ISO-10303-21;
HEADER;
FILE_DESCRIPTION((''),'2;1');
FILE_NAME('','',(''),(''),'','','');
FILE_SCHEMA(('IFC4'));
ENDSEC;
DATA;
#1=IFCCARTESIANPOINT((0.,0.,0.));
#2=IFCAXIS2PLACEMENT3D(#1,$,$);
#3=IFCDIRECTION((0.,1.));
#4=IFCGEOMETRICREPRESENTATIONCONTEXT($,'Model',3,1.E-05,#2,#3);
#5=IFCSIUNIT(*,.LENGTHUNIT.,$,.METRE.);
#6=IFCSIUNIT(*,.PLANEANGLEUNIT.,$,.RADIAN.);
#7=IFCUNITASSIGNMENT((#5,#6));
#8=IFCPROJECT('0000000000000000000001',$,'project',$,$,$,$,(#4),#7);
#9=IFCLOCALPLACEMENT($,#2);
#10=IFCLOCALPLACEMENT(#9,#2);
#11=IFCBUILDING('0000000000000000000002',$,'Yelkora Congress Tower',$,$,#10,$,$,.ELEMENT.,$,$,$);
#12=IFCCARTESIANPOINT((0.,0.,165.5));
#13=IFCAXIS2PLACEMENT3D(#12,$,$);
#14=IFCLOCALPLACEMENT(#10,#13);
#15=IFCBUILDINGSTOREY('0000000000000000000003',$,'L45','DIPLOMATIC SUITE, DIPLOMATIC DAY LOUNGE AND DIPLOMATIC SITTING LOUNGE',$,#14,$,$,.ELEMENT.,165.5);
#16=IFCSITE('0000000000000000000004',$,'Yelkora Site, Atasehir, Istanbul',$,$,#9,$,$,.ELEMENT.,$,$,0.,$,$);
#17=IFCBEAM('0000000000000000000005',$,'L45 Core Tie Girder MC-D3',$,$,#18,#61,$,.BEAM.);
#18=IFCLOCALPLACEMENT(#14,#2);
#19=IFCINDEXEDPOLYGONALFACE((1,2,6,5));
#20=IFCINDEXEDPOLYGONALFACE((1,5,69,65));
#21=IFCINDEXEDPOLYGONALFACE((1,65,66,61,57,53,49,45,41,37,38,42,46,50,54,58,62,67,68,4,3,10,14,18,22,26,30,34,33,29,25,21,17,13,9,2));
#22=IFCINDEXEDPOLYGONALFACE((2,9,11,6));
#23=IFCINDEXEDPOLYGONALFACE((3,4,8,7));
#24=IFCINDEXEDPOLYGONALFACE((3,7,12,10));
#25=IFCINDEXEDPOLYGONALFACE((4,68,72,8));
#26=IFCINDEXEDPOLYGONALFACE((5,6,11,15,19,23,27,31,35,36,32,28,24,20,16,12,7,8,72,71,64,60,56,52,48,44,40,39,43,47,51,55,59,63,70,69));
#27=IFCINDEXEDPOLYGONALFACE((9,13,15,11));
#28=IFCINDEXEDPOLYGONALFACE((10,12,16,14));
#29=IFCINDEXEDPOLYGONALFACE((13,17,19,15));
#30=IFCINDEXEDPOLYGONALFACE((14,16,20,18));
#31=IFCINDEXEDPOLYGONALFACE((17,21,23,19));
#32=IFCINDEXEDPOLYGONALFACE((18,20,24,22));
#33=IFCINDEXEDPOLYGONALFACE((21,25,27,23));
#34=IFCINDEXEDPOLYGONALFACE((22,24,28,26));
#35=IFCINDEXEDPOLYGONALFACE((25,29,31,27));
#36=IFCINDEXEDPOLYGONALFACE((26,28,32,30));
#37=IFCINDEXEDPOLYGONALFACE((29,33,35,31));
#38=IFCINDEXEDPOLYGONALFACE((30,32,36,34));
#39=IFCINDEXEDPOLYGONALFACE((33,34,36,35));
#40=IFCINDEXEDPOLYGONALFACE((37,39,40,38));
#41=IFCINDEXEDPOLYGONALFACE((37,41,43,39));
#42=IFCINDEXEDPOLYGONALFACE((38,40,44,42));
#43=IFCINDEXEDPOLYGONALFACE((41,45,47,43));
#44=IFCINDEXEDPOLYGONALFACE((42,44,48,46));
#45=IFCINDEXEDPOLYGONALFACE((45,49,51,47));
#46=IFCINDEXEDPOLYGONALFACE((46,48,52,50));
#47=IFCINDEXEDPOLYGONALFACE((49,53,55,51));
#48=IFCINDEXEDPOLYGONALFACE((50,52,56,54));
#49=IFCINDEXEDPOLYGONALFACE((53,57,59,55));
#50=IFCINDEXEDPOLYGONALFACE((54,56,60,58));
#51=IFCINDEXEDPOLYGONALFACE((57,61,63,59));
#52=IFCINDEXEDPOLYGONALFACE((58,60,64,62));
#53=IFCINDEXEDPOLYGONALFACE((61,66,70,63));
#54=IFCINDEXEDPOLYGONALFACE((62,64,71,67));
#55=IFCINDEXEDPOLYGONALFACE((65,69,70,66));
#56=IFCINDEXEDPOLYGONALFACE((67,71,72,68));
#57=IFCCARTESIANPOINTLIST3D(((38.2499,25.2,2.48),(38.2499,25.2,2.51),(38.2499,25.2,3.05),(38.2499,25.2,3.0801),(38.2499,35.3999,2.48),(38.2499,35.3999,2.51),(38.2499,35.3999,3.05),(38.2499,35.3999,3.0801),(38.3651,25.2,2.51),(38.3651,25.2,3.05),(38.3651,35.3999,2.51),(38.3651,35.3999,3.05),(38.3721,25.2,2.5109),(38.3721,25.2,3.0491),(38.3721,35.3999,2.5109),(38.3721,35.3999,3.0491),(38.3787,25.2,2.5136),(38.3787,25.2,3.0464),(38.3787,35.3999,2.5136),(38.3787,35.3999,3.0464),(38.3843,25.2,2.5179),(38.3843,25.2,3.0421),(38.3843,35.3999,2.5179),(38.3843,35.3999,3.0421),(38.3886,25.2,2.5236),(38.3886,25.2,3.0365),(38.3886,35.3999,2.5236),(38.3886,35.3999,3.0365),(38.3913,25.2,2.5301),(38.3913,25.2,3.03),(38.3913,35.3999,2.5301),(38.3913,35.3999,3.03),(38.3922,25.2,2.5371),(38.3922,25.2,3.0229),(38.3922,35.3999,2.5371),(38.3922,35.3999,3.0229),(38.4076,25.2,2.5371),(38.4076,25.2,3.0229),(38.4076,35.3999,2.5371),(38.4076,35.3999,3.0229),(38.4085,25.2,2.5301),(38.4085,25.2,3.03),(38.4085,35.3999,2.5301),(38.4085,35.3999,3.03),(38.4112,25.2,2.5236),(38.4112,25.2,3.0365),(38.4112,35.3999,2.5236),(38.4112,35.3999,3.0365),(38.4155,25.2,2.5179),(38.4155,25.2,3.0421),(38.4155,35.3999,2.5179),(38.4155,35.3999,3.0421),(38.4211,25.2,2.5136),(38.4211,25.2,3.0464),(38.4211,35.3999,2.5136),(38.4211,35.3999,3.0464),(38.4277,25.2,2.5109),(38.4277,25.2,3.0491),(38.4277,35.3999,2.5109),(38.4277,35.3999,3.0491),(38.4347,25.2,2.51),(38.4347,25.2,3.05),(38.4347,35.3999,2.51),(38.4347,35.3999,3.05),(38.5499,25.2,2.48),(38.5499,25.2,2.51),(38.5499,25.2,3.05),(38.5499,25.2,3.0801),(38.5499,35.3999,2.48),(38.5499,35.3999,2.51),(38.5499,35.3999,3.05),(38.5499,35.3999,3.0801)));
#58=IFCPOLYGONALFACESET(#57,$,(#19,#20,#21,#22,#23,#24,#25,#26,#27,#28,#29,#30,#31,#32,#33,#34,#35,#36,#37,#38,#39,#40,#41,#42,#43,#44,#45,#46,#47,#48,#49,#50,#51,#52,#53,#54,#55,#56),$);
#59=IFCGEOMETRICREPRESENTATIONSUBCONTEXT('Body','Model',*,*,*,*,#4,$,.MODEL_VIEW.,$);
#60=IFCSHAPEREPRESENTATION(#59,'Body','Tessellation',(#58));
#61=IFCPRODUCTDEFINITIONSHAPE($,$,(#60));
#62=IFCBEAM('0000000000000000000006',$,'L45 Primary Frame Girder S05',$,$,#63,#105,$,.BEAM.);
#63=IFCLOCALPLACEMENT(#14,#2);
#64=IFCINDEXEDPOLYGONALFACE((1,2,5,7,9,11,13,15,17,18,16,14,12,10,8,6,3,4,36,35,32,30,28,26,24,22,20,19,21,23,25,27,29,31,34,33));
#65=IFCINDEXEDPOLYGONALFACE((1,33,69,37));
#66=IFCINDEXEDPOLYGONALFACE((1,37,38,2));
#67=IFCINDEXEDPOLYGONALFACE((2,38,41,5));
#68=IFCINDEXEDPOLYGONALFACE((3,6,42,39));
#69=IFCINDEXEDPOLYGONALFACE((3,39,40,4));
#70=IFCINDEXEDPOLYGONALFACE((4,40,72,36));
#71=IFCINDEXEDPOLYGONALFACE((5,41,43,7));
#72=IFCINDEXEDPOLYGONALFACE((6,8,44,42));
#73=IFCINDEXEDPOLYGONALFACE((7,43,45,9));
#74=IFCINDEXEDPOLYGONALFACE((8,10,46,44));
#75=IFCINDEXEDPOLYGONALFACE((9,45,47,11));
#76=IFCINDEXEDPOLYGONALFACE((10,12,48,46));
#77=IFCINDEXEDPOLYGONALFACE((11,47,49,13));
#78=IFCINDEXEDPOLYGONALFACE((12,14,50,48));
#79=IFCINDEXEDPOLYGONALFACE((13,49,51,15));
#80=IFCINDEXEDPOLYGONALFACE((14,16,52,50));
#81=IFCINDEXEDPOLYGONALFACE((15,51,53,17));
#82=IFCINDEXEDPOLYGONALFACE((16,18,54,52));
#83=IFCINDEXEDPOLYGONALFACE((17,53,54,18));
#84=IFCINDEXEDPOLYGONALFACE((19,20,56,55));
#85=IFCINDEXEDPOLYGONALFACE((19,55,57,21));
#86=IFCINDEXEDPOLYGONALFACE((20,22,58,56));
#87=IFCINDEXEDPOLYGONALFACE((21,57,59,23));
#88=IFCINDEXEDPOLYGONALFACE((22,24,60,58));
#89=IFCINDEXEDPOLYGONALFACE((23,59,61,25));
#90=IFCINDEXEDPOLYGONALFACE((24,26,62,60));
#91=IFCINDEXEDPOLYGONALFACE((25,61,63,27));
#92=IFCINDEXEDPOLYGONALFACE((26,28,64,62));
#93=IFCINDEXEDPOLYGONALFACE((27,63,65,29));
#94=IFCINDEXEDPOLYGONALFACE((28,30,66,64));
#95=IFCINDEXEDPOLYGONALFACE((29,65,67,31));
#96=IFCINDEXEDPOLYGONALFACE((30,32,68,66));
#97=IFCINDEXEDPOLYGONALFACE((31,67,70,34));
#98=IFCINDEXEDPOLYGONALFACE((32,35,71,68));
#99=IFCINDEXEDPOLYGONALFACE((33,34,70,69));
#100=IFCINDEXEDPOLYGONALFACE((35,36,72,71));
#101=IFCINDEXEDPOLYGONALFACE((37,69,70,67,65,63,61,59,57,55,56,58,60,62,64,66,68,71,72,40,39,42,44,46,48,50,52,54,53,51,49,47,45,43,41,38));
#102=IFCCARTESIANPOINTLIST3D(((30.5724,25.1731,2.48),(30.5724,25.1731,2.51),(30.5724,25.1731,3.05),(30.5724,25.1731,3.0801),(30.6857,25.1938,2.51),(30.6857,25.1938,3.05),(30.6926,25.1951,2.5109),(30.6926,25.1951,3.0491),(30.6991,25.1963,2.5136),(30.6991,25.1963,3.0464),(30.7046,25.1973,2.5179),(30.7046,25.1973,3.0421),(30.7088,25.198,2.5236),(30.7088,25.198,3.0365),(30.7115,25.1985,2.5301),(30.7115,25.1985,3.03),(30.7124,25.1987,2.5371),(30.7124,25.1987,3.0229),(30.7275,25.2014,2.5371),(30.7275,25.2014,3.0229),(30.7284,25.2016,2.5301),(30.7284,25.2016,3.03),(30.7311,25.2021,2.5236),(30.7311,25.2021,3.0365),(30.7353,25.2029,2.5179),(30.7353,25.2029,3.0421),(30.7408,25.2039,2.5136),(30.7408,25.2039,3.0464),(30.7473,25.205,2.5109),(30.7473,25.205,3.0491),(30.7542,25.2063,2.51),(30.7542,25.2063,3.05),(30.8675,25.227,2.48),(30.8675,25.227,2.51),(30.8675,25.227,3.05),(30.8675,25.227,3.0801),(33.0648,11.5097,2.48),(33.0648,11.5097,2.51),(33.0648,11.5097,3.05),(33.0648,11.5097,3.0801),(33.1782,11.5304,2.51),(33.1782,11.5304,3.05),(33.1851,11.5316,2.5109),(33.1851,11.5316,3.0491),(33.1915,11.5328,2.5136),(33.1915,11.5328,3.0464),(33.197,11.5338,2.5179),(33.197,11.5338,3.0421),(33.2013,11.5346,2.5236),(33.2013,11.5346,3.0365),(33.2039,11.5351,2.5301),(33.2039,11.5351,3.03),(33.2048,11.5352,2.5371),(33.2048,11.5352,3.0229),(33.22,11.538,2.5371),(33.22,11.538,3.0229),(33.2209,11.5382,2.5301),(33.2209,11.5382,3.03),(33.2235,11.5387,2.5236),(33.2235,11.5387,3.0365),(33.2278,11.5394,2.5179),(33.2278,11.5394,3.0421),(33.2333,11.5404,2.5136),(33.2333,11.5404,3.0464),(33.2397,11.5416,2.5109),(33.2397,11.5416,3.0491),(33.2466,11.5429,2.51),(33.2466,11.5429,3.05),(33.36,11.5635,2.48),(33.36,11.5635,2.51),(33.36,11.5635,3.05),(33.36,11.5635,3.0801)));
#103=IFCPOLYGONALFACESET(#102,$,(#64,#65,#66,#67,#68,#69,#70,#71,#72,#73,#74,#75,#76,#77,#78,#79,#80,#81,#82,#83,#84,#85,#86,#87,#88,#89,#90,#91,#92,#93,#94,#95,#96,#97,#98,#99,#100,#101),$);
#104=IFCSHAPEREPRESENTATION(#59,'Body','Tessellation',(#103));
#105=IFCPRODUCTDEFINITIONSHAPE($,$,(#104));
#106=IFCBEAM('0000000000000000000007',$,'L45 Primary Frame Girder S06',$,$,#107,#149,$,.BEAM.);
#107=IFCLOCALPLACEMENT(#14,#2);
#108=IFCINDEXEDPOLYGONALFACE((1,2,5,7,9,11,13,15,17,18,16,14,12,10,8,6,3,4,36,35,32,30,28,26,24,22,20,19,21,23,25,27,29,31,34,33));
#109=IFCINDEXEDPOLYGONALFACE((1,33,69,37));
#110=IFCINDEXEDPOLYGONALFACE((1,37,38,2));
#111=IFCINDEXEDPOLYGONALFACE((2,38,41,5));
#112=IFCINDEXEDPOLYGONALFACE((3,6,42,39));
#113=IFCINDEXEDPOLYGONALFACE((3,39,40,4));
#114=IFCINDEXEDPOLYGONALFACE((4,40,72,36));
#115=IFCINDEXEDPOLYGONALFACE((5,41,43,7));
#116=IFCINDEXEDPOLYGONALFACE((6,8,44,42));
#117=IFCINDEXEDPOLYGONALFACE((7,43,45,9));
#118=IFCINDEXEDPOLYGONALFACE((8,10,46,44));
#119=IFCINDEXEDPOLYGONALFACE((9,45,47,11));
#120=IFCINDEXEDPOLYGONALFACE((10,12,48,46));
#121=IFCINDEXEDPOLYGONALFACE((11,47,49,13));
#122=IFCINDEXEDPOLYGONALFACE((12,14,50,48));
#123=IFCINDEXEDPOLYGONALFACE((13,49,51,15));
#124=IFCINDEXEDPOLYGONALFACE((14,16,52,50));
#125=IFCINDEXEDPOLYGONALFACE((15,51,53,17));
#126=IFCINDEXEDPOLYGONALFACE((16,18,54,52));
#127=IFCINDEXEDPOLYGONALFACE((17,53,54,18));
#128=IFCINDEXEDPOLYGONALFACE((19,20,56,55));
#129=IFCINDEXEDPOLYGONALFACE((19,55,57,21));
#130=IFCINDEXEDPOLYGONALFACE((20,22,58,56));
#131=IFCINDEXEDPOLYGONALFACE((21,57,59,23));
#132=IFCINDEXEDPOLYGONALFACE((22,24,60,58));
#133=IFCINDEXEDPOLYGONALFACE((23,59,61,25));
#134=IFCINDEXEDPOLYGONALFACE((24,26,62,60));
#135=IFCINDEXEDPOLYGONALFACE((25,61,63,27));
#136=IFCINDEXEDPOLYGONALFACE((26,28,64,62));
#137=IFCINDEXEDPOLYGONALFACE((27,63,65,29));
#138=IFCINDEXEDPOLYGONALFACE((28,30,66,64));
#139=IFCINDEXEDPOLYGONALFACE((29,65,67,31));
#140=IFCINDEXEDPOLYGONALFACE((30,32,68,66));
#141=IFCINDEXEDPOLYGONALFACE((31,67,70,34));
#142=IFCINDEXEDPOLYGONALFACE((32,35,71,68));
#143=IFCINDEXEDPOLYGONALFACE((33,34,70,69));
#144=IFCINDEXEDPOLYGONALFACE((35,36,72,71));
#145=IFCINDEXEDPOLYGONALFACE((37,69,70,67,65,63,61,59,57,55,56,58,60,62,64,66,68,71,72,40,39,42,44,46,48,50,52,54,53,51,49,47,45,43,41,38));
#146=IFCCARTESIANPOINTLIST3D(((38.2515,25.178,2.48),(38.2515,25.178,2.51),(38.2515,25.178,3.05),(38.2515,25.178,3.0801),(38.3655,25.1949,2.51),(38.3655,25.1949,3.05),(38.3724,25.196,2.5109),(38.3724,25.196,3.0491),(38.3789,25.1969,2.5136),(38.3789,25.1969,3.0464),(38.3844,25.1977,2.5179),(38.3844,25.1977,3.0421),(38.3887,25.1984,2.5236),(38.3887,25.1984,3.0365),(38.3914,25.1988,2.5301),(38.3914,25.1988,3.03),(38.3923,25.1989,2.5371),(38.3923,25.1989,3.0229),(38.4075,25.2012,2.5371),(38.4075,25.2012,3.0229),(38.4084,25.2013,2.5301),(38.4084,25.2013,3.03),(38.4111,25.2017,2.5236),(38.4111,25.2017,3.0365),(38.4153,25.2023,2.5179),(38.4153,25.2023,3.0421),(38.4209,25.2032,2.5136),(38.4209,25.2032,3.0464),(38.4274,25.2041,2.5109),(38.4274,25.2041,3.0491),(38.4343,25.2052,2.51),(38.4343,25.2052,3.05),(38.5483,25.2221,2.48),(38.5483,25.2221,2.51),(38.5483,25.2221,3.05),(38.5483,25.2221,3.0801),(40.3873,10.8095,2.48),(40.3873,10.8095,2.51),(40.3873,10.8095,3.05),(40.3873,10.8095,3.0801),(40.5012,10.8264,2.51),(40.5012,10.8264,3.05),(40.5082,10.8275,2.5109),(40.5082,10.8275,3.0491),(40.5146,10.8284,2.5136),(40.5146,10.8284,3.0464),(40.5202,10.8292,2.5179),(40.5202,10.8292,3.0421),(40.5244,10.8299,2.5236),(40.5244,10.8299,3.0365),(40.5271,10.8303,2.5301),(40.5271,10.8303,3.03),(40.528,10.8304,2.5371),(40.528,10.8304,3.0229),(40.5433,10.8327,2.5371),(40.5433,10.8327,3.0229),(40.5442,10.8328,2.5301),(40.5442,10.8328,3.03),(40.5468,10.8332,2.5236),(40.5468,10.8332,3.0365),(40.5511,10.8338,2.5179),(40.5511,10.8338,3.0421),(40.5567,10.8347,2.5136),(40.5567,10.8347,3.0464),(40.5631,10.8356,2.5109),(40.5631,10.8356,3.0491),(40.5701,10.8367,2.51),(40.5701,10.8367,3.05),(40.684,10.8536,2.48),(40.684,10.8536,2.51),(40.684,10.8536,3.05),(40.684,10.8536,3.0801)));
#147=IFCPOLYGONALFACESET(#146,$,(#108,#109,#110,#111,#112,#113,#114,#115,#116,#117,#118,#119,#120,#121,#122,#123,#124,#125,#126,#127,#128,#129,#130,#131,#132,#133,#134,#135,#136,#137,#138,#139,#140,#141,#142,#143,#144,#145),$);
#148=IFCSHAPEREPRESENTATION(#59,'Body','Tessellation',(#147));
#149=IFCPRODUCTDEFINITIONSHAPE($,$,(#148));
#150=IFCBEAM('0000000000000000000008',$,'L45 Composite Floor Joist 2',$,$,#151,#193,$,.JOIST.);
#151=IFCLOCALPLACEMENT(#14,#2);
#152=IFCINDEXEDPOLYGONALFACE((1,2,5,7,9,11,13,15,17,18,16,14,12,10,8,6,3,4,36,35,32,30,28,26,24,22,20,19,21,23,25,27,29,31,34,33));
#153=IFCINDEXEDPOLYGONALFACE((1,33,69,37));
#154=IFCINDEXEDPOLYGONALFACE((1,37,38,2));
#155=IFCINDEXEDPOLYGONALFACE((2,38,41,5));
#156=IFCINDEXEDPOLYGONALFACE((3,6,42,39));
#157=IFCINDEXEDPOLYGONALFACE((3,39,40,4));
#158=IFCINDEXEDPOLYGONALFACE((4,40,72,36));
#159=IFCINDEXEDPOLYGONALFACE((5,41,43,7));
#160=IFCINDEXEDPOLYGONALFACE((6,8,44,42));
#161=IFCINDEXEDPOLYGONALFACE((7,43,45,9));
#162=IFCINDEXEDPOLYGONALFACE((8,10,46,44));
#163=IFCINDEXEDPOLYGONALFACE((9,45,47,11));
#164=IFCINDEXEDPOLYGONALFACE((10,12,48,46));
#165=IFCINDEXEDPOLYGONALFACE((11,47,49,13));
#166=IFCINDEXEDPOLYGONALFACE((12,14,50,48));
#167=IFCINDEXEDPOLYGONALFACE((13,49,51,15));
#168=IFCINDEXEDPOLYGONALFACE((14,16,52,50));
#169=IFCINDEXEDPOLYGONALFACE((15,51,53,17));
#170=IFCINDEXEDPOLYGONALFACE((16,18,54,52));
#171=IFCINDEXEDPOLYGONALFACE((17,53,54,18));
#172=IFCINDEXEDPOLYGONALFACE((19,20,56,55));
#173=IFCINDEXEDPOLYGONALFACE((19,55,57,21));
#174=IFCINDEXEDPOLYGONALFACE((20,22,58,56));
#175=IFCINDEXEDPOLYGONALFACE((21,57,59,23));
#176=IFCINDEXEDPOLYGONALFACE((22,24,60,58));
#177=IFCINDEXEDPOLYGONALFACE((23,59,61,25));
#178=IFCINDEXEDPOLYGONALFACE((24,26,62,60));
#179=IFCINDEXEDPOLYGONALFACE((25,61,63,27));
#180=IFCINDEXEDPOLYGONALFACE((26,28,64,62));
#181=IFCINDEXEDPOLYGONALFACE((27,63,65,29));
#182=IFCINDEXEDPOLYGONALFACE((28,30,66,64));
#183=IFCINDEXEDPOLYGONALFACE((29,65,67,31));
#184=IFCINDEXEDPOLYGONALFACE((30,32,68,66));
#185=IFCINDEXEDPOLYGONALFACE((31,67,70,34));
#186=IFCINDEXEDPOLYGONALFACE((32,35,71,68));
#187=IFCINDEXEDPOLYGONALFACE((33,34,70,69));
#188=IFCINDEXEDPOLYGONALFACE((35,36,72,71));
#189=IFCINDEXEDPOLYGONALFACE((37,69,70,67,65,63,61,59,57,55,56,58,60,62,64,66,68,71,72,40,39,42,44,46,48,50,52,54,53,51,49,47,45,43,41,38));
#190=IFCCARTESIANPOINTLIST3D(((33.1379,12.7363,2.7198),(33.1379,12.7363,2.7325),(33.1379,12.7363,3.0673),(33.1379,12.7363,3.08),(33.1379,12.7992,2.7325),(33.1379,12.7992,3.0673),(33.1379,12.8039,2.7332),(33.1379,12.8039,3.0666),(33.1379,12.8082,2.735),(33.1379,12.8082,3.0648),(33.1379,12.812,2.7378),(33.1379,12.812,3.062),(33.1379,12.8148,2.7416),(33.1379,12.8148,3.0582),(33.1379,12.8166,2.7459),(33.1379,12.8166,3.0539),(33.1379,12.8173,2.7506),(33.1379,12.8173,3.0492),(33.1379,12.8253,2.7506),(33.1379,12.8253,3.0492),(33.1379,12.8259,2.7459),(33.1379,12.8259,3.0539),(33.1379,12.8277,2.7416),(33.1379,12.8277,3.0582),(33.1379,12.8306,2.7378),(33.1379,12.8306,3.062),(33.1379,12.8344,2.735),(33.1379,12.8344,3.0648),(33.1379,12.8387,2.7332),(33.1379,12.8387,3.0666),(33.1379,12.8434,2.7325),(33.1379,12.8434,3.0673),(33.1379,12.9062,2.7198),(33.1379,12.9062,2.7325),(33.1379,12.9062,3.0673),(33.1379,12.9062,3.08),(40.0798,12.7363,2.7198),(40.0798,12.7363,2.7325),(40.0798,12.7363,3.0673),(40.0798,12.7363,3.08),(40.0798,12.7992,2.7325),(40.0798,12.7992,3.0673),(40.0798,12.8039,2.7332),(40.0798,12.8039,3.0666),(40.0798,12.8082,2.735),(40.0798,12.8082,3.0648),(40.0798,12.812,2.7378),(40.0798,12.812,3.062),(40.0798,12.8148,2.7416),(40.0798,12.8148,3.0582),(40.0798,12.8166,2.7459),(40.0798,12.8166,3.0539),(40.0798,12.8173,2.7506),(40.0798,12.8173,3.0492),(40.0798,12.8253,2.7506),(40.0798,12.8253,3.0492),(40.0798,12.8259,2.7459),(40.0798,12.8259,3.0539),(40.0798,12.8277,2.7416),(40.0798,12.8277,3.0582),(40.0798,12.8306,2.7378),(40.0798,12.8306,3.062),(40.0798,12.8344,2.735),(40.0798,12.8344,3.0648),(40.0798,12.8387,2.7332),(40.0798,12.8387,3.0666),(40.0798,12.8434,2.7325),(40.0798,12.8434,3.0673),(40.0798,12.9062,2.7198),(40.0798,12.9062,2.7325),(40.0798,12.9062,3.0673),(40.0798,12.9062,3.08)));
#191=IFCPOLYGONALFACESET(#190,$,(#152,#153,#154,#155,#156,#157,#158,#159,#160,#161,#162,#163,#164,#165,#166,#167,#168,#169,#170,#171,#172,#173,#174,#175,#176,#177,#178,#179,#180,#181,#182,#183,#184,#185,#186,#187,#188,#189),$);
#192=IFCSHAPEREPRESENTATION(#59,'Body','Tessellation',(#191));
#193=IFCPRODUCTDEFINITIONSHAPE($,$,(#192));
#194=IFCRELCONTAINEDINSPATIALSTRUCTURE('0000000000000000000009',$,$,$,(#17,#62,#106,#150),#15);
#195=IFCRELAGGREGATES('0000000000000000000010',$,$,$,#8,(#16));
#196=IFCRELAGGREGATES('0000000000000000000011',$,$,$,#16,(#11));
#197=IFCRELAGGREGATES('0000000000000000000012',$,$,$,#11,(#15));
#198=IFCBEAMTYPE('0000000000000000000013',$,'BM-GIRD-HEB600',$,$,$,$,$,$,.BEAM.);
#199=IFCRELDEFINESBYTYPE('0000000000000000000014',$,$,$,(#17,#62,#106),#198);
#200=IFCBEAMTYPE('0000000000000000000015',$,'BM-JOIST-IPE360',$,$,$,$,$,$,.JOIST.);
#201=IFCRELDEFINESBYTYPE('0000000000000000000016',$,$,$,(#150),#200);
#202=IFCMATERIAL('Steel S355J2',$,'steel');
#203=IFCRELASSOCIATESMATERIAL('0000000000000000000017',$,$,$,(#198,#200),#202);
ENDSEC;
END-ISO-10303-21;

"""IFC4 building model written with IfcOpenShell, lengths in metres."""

from ifc_helpers import new_model, si_unit, direction, frame, origin, origin_2d, place, context, subcontext, project, spatial, i_section, extrude, material, material_profile, profile_set, type_object, element, save


model = new_model("IFC4")

# Units and contexts
model_context = context("Model", 3, precision=1e-05, world=origin(), true_north=direction((0.0, 1.0)))
body_context = subcontext(model_context, "Body", "Model", "MODEL_VIEW")
ifc_project = project(units=[si_unit("LENGTHUNIT", "METRE"), si_unit("PLANEANGLEUNIT", "RADIAN")], contexts=[model_context])

# Site, building, storey
site_placement = place(None, origin())
site = spatial("IfcSite", under=ifc_project, at=site_placement, Name="Yelkora Site, Atasehir, Istanbul", CompositionType="ELEMENT", RefElevation=0.0)
building_placement = place(site_placement, origin())
building = spatial("IfcBuilding", under=site, at=building_placement, Name="Yelkora Congress Tower", CompositionType="ELEMENT")
storey_placement = place(building_placement, frame((0.0, 0.0, 165.5)))
storey = spatial("IfcBuildingStorey", under=building, at=storey_placement, Name="L45", Description="DIPLOMATIC SUITE, DIPLOMATIC DAY LOUNGE AND DIPLOMATIC SITTING LOUNGE", CompositionType="ELEMENT", Elevation=165.5)

# Beams
ifc_material_1 = material(Name="Steel S355J2", Category="steel")
ifc_material_profile_1 = material_profile(ifc_material_1, i_section(OverallWidth=0.3, OverallDepth=0.6001, WebThickness=0.0154, FlangeThickness=0.03, FilletRadius=0.0271, at=origin_2d()), Name="HEB 600")
ifc_profile_set_1 = profile_set([ifc_material_profile_1], Name="Steel S355J2")
beam_type_1 = type_object("IfcBeamType", Name="BM-GIRD-HEB600", PredefinedType="BEAM", material=ifc_profile_set_1)
beam_1_placement = place(storey_placement, frame((38.3999, 25.2, 2.78), z_axis=(0.0, 1.0, 0.0), x_axis=(-1.0, 0.0, 0.0)))
element("IfcBeam", 1, at=beam_1_placement, inside=storey, type_object=beam_type_1, Name="L45 Core Tie Girder MC-D3", PredefinedType="BEAM", context=body_context, shape_type="SweptSolid", body=[
    extrude(i_section(OverallWidth=0.3, OverallDepth=0.6001, WebThickness=0.0154, FlangeThickness=0.03, FilletRadius=0.0271, at=origin_2d()), origin(), (0.0, 0.0, 1.0), 10.2),
])
beam_2_placement = place(storey_placement, frame((33.2124, 11.5366, 2.78), z_axis=(-0.179456, 0.983766, 0.0), x_axis=(-0.983766, -0.179456, 0.0)))
element("IfcBeam", 2, at=beam_2_placement, inside=storey, type_object=beam_type_1, Name="L45 Primary Frame Girder S05", PredefinedType="BEAM", context=body_context, shape_type="SweptSolid", body=[
    extrude(i_section(OverallWidth=0.3, OverallDepth=0.6001, WebThickness=0.0154, FlangeThickness=0.03, FilletRadius=0.0271, at=origin_2d()), origin(), (0.0, 0.0, 1.0), 13.8889),
])
beam_3_placement = place(storey_placement, frame((40.5356, 10.8315, 2.78), z_axis=(-0.147026, 0.989133, 0.0), x_axis=(-0.989133, -0.147026, 0.0)))
element("IfcBeam", 3, at=beam_3_placement, inside=storey, type_object=beam_type_1, Name="L45 Primary Frame Girder S06", PredefinedType="BEAM", context=body_context, shape_type="SweptSolid", body=[
    extrude(i_section(OverallWidth=0.3, OverallDepth=0.6001, WebThickness=0.0154, FlangeThickness=0.03, FilletRadius=0.0271, at=origin_2d()), origin(), (0.0, 0.0, 1.0), 14.5264),
])
ifc_material_profile_2 = material_profile(ifc_material_1, i_section(OverallWidth=0.1699, OverallDepth=0.3601, WebThickness=0.0081, FlangeThickness=0.0127, FilletRadius=0.0181, at=origin_2d()), Name="IPE 360")
ifc_profile_set_2 = profile_set([ifc_material_profile_2], Name="Steel S355J2")
beam_type_2 = type_object("IfcBeamType", Name="BM-JOIST-IPE360", PredefinedType="JOIST", material=ifc_profile_set_2)
beam_4_placement = place(storey_placement, frame((33.1379, 12.8213, 2.8999), z_axis=(1.0, 0.0, 0.0), x_axis=(0.0, 1.0, 0.0)))
element("IfcBeam", 4, at=beam_4_placement, inside=storey, type_object=beam_type_2, Name="L45 Composite Floor Joist 2", PredefinedType="JOIST", context=body_context, shape_type="SweptSolid", body=[
    extrude(i_section(OverallWidth=0.1699, OverallDepth=0.3601, WebThickness=0.0081, FlangeThickness=0.0127, FilletRadius=0.0181, at=origin_2d()), origin(), (0.0, 0.0, 1.0), 6.9419),
])

save(model, "model.ifc")
